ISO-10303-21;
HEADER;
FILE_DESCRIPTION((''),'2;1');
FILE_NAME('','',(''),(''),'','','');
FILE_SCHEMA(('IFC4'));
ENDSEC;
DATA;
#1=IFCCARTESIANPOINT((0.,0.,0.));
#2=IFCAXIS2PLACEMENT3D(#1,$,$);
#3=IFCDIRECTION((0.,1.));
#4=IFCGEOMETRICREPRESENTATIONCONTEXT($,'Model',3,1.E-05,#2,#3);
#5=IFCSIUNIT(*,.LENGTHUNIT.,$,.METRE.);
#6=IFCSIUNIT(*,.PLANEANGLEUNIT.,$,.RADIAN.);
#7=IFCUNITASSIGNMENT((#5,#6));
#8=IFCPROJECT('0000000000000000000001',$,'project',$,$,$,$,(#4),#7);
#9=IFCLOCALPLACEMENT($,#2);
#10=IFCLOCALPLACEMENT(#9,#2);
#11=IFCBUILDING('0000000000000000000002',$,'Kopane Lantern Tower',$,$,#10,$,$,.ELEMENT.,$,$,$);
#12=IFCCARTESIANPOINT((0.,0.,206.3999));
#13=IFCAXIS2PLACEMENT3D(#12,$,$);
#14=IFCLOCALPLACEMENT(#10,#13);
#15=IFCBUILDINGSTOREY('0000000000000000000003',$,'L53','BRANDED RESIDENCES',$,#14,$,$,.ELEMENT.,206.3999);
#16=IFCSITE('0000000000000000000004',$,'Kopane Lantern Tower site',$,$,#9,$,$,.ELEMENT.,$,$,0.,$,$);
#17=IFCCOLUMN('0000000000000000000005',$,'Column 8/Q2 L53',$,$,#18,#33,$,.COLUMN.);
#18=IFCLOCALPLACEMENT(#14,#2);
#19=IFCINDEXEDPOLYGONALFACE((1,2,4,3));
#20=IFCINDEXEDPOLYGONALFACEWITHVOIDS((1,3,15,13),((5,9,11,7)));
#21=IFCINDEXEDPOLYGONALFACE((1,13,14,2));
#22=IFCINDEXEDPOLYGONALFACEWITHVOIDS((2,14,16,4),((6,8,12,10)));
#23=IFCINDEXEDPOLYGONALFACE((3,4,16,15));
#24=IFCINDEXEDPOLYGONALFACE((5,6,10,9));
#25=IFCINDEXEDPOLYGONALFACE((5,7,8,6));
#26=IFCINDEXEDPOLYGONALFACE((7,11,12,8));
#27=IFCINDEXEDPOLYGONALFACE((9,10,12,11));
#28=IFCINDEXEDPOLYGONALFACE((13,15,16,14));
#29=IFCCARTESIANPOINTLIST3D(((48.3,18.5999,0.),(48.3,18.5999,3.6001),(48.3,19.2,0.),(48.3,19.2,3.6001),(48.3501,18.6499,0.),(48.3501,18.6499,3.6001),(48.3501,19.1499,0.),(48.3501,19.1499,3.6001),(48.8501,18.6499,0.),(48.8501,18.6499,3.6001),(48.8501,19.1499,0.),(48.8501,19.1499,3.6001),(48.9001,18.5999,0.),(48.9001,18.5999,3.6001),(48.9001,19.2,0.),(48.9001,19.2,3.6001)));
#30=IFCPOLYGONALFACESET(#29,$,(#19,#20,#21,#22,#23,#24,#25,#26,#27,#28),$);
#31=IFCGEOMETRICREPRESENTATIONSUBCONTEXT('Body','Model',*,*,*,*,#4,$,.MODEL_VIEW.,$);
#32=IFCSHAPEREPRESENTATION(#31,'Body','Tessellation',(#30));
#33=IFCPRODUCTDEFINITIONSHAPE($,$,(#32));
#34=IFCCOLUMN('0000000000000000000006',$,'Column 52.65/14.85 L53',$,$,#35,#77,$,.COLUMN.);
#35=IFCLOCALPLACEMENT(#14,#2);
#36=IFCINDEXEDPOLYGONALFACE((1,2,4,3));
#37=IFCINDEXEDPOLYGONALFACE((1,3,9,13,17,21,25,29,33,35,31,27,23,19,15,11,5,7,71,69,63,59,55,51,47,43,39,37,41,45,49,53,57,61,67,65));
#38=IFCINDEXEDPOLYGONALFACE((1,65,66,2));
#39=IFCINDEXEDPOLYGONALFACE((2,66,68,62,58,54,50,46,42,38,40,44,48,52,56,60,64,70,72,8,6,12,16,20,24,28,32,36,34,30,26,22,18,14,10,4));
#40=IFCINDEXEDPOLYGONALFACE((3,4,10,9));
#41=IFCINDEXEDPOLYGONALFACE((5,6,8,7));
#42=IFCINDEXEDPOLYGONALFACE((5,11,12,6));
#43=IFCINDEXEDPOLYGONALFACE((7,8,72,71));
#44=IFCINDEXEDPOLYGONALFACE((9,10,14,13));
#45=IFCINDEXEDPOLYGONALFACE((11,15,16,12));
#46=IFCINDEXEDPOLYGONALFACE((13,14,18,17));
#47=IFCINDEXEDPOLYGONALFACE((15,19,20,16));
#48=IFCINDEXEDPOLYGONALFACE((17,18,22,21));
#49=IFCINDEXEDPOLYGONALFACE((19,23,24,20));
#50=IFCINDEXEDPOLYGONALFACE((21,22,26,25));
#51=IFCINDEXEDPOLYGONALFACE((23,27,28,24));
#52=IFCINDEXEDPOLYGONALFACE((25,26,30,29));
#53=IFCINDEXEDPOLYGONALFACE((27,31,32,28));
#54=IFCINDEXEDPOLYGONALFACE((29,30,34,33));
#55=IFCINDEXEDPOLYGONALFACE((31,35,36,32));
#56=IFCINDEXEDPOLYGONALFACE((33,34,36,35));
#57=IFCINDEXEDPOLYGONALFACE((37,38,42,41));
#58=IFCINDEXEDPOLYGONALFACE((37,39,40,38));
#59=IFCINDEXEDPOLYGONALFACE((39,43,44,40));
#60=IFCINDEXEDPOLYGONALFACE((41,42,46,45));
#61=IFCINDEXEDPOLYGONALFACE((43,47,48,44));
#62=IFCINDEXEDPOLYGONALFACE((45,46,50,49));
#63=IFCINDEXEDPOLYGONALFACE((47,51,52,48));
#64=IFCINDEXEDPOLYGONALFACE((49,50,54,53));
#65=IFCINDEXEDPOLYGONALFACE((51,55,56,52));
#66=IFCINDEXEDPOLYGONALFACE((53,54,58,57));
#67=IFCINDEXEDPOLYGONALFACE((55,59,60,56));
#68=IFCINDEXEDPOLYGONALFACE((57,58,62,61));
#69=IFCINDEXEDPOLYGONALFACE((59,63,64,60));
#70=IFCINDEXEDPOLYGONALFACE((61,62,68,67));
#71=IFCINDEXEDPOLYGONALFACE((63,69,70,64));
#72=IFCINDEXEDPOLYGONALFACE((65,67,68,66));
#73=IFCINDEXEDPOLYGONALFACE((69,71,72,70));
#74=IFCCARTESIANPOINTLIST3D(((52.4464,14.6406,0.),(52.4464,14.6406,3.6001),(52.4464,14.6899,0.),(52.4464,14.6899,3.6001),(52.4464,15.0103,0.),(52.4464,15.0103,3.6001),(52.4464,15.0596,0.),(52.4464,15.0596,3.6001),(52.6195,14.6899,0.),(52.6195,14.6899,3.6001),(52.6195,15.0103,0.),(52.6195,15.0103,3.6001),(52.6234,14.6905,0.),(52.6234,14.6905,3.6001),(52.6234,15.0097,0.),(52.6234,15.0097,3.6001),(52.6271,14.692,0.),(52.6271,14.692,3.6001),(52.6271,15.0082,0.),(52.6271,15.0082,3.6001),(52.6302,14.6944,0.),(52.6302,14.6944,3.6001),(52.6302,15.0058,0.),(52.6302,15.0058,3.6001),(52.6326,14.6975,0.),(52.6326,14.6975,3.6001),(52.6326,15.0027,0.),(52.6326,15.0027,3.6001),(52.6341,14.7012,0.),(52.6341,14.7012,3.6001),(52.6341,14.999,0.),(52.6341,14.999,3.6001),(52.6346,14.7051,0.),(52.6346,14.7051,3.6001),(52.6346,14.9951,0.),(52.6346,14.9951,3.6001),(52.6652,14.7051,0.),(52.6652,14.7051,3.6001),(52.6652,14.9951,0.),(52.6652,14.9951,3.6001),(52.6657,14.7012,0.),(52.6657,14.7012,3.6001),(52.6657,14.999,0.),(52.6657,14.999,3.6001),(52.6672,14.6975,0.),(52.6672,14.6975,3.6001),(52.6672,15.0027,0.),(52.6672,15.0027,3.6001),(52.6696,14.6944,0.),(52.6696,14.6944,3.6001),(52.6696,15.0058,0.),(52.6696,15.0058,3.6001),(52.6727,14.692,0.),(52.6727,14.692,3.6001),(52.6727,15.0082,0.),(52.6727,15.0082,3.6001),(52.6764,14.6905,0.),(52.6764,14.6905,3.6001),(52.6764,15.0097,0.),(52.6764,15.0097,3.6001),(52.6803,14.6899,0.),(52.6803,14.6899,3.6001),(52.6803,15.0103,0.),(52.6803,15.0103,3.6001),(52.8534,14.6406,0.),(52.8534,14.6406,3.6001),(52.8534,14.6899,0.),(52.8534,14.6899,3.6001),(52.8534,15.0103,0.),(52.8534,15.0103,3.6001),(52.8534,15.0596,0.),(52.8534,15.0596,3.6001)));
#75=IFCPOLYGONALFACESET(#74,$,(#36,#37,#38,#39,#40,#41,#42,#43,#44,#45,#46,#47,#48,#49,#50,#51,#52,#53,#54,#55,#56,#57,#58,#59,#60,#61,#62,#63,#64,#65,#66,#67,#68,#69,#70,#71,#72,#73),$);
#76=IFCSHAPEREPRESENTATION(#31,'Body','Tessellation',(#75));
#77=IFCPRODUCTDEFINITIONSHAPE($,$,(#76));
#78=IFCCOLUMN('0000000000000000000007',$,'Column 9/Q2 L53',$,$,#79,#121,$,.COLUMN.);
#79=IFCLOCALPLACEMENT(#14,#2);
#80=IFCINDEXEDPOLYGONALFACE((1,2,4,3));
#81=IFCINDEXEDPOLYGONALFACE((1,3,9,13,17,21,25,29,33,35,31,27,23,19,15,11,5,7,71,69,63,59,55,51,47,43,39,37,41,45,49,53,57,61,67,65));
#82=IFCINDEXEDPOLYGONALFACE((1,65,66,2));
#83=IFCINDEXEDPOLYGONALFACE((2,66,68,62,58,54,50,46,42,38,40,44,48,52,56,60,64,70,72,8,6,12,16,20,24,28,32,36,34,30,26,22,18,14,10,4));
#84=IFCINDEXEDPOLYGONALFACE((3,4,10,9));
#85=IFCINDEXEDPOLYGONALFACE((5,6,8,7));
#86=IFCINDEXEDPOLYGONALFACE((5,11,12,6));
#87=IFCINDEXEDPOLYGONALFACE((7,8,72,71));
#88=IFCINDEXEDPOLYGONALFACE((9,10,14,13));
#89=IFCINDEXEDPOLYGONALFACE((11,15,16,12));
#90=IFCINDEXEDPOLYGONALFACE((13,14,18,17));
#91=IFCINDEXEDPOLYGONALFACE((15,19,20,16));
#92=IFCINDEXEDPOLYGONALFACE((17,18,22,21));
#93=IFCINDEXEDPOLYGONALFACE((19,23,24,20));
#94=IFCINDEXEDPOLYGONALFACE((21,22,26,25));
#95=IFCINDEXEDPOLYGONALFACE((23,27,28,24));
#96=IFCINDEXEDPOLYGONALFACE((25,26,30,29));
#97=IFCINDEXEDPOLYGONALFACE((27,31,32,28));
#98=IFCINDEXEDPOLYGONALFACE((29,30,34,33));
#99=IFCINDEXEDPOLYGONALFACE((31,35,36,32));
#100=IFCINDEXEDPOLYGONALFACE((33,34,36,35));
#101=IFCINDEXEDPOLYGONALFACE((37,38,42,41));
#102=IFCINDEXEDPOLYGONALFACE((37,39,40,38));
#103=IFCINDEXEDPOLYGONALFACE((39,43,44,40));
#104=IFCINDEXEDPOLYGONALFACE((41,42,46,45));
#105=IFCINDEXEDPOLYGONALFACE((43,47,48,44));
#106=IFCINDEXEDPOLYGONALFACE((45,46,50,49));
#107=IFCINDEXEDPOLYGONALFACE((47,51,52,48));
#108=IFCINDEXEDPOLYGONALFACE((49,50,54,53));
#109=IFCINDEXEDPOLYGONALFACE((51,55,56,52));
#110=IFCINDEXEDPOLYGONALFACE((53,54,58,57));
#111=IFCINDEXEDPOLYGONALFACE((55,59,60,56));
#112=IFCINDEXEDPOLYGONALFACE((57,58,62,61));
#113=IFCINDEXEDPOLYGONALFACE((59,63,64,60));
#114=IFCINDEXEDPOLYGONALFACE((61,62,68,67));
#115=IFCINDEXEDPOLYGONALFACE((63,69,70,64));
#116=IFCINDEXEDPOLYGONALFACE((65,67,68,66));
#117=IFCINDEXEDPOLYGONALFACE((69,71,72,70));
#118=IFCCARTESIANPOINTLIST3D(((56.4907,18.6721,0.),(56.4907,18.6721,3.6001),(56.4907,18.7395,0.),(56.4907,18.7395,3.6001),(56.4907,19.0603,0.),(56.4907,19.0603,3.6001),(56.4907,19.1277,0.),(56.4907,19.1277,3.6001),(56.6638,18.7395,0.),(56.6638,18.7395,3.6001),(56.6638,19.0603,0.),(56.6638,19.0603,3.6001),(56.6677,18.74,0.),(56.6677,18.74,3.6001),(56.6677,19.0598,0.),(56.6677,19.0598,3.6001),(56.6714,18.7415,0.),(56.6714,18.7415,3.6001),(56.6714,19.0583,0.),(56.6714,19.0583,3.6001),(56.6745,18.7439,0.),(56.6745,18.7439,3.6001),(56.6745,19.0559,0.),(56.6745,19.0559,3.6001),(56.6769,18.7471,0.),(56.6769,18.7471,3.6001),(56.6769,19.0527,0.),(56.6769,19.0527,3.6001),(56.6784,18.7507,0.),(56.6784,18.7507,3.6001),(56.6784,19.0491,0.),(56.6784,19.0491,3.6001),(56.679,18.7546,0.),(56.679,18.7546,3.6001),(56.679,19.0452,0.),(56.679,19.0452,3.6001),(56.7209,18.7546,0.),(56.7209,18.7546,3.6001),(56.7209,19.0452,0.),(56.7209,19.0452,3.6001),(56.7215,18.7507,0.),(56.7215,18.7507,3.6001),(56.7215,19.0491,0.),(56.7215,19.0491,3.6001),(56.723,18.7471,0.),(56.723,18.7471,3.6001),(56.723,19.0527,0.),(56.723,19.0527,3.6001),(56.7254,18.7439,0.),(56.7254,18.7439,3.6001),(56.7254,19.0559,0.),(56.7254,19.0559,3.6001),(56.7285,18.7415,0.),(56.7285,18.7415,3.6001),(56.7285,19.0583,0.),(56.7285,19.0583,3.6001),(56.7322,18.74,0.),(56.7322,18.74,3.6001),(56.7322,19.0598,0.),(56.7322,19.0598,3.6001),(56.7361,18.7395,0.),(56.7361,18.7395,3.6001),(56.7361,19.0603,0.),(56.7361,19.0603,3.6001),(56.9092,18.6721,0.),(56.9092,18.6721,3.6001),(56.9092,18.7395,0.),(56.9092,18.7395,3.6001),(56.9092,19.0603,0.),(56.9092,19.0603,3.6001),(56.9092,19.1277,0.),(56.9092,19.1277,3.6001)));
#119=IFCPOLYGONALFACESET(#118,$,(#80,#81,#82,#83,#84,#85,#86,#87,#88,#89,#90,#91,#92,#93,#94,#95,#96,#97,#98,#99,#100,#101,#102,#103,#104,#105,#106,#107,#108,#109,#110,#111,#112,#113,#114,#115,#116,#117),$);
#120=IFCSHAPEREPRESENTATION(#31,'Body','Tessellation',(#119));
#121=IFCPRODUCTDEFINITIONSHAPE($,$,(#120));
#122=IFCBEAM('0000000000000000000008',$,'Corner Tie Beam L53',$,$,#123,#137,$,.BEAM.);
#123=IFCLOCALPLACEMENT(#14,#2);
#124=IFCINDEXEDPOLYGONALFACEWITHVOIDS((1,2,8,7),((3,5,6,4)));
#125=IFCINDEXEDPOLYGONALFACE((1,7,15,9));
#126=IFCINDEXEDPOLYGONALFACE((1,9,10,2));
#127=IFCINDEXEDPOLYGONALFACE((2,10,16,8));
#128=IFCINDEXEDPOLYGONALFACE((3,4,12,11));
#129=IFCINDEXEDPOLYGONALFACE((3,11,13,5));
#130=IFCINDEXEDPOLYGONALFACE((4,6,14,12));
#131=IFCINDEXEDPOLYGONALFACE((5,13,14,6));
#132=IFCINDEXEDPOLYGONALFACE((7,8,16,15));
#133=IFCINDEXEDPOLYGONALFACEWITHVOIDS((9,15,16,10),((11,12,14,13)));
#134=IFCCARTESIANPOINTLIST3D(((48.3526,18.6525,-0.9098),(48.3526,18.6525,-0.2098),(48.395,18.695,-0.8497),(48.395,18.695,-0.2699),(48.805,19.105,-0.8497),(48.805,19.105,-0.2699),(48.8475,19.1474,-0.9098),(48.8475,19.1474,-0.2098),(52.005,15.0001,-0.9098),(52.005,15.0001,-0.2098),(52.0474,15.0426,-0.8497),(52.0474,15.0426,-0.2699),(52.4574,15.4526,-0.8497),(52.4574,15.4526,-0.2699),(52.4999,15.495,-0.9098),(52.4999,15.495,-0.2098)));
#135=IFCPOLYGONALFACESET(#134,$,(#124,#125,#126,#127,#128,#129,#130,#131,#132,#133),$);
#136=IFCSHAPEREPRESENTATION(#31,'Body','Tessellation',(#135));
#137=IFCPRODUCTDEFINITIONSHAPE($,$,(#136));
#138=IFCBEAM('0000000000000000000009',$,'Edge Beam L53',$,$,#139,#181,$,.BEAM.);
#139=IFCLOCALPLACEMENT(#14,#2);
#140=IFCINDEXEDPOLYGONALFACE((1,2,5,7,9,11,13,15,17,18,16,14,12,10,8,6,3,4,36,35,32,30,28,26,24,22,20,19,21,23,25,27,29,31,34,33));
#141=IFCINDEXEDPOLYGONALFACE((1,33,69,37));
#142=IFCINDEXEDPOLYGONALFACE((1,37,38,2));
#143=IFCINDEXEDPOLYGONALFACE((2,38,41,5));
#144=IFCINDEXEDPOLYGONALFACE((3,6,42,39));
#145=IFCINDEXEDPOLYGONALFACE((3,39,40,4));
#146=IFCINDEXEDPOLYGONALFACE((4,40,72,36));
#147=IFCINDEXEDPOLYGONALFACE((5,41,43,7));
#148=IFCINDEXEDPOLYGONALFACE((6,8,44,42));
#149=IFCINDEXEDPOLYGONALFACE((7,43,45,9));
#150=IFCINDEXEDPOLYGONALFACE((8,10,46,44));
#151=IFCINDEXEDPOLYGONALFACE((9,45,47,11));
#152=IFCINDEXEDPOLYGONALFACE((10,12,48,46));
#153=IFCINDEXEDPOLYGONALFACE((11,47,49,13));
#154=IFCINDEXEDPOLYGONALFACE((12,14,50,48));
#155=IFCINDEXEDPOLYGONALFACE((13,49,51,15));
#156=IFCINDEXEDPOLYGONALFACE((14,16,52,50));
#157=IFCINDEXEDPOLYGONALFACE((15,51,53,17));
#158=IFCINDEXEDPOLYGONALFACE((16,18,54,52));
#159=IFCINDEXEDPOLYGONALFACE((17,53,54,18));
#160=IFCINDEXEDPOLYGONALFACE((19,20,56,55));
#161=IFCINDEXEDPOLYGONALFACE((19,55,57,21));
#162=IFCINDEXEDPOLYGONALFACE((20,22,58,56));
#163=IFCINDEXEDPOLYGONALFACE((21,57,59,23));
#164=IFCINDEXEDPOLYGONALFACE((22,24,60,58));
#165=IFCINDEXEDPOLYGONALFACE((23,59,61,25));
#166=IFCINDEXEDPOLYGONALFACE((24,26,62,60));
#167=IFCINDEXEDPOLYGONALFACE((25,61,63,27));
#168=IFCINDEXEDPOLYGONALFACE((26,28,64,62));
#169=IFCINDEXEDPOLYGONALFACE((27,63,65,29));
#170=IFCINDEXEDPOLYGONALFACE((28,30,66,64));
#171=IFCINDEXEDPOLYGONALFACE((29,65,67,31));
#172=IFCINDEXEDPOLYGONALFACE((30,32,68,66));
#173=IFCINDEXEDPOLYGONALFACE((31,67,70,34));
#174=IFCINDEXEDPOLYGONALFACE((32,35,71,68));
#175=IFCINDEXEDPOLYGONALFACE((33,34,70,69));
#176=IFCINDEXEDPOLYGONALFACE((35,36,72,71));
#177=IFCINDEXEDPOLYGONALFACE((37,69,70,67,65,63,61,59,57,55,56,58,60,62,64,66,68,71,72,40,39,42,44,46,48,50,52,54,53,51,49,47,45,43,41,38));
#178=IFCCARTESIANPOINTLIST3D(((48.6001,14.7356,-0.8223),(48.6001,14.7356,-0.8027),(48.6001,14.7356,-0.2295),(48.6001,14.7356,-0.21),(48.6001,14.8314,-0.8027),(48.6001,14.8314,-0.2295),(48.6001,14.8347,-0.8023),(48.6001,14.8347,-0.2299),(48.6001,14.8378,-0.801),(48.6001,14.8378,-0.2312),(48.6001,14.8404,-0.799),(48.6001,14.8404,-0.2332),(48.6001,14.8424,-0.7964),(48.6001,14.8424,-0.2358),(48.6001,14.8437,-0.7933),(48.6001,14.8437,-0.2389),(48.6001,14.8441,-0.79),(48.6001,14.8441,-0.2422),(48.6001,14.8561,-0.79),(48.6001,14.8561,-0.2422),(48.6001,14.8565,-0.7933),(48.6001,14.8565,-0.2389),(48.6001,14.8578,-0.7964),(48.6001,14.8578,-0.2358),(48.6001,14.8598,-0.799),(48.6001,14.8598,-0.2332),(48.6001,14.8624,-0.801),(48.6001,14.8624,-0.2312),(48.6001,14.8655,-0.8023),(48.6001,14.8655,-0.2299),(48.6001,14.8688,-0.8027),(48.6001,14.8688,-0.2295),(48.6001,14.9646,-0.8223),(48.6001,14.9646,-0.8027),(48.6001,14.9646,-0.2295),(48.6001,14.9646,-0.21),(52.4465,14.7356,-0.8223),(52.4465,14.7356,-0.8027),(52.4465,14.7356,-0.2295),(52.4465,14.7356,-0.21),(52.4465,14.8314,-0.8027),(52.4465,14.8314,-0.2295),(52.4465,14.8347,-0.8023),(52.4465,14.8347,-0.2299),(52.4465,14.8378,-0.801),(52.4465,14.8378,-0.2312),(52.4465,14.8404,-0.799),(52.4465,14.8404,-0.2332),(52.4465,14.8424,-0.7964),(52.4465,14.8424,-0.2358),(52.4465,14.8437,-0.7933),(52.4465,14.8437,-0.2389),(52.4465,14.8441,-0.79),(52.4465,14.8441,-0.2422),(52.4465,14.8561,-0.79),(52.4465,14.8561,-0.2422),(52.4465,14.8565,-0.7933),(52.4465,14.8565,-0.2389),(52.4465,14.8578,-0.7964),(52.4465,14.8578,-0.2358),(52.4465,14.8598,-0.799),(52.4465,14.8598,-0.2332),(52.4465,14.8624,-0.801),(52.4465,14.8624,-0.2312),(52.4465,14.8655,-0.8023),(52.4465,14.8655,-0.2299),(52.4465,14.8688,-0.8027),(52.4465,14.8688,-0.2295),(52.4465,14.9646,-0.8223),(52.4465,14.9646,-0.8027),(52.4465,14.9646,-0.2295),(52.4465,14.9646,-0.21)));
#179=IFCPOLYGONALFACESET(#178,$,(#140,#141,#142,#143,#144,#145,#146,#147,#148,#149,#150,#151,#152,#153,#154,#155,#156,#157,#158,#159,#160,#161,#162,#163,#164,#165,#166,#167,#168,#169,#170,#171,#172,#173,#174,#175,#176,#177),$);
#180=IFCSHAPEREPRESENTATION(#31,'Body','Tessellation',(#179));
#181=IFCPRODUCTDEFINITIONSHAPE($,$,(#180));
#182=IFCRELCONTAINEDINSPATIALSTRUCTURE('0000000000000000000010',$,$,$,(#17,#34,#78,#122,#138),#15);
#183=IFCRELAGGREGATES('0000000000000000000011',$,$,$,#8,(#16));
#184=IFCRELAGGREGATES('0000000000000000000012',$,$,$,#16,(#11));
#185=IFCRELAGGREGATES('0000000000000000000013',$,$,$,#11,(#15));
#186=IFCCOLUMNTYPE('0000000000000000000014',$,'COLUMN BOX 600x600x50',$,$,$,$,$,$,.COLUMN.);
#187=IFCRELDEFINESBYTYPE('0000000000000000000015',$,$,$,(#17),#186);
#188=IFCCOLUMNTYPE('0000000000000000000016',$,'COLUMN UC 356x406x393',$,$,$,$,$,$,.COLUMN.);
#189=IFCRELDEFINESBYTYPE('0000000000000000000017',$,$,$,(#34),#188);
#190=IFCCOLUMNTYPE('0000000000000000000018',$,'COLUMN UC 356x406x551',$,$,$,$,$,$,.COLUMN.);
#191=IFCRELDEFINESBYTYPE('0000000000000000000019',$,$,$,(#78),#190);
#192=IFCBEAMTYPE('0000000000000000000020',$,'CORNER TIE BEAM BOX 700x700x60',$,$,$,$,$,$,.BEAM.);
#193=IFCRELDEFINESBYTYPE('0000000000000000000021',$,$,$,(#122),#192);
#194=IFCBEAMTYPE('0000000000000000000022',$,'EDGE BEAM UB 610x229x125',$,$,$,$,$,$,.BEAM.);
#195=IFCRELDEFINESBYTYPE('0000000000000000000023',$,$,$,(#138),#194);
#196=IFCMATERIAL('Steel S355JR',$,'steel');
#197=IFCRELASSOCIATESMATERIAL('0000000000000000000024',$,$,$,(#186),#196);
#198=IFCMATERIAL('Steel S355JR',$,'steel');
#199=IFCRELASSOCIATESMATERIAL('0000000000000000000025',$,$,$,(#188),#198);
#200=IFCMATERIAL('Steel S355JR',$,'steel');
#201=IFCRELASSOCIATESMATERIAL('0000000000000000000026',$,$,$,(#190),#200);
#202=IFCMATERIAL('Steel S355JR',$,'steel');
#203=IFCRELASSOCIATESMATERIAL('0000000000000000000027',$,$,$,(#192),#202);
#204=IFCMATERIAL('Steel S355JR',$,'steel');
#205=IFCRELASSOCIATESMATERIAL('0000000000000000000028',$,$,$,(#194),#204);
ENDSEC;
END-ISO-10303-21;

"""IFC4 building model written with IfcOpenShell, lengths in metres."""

from ifc_helpers import new_model, si_unit, direction, frame, origin, origin_2d, place, context, subcontext, project, spatial, hollow_rectangle, i_section, extrude, material, material_profile, profile_set, type_object, element, save


model = new_model("IFC4")

# Units and contexts
model_context = context("Model", 3, precision=1e-05, world=origin(), true_north=direction((0.0, 1.0)))
body_context = subcontext(model_context, "Body", "Model", "MODEL_VIEW")
ifc_project = project(units=[si_unit("LENGTHUNIT", "METRE"), si_unit("PLANEANGLEUNIT", "RADIAN")], contexts=[model_context])

# Site, building, storey
site_placement = place(None, origin())
site = spatial("IfcSite", under=ifc_project, at=site_placement, Name="Kopane Lantern Tower site", CompositionType="ELEMENT", RefElevation=0.0)
building_placement = place(site_placement, origin())
building = spatial("IfcBuilding", under=site, at=building_placement, Name="Kopane Lantern Tower", CompositionType="ELEMENT")
storey_placement = place(building_placement, frame((0.0, 0.0, 206.3999)))
storey = spatial("IfcBuildingStorey", under=building, at=storey_placement, Name="L53", Description="BRANDED RESIDENCES", CompositionType="ELEMENT", Elevation=206.3999)

# Columns
ifc_material_1 = material(Name="Steel S355JR", Category="steel")
ifc_material_profile_1 = material_profile(ifc_material_1, hollow_rectangle(XDim=0.6001, YDim=0.6001, WallThickness=0.05, at=origin_2d()), Name="BOX 600x600x50")
ifc_profile_set_1 = profile_set([ifc_material_profile_1], Name="Steel S355JR")
column_type_1 = type_object("IfcColumnType", Name="COLUMN BOX 600x600x50", PredefinedType="COLUMN", material=ifc_profile_set_1)
column_1_placement = place(storey_placement, frame((48.6001, 18.8999, 0.0), z_axis=(0.0, 0.0, 1.0), x_axis=(1.0, 0.0, 0.0)))
element("IfcColumn", 1, at=column_1_placement, inside=storey, type_object=column_type_1, Name="Column 8/Q2 L53", PredefinedType="COLUMN", context=body_context, shape_type="SweptSolid", body=[
    extrude(hollow_rectangle(XDim=0.6001, YDim=0.6001, WallThickness=0.05, at=origin_2d()), origin(), (0.0, 0.0, 1.0), 3.6001),
])
ifc_material_2 = material(Name="Steel S355JR", Category="steel")
ifc_material_profile_2 = material_profile(ifc_material_2, i_section(OverallWidth=0.407, OverallDepth=0.4189, WebThickness=0.0305, FlangeThickness=0.0493, FilletRadius=0.0151, at=origin_2d()), Name="UC 356x406x393")
ifc_profile_set_2 = profile_set([ifc_material_profile_2], Name="Steel S355JR")
column_type_2 = type_object("IfcColumnType", Name="COLUMN UC 356x406x393", PredefinedType="COLUMN", material=ifc_profile_set_2)
column_2_placement = place(storey_placement, frame((52.6499, 14.8501, 0.0), z_axis=(0.0, 0.0, 1.0), x_axis=(1.0, 0.0, 0.0)))
element("IfcColumn", 2, at=column_2_placement, inside=storey, type_object=column_type_2, Name="Column 52.65/14.85 L53", PredefinedType="COLUMN", context=body_context, shape_type="SweptSolid", body=[
    extrude(i_section(OverallWidth=0.407, OverallDepth=0.4189, WebThickness=0.0305, FlangeThickness=0.0493, FilletRadius=0.0151, at=origin_2d()), origin(), (0.0, 0.0, 1.0), 3.6001),
])
ifc_material_3 = material(Name="Steel S355JR", Category="steel")
ifc_material_profile_3 = material_profile(ifc_material_3, i_section(OverallWidth=0.4185, OverallDepth=0.4556, WebThickness=0.042, FlangeThickness=0.0674, FilletRadius=0.0151, at=origin_2d()), Name="UC 356x406x551")
ifc_profile_set_3 = profile_set([ifc_material_profile_3], Name="Steel S355JR")
column_type_3 = type_object("IfcColumnType", Name="COLUMN UC 356x406x551", PredefinedType="COLUMN", material=ifc_profile_set_3)
column_3_placement = place(storey_placement, frame((56.7, 18.8999, 0.0), z_axis=(0.0, 0.0, 1.0), x_axis=(1.0, 0.0, 0.0)))
element("IfcColumn", 3, at=column_3_placement, inside=storey, type_object=column_type_3, Name="Column 9/Q2 L53", PredefinedType="COLUMN", context=body_context, shape_type="SweptSolid", body=[
    extrude(i_section(OverallWidth=0.4185, OverallDepth=0.4556, WebThickness=0.042, FlangeThickness=0.0674, FilletRadius=0.0151, at=origin_2d()), origin(), (0.0, 0.0, 1.0), 3.6001),
])

# Beams
ifc_material_4 = material(Name="Steel S355JR", Category="steel")
ifc_material_profile_4 = material_profile(ifc_material_4, hollow_rectangle(XDim=0.7, YDim=0.7, WallThickness=0.0601, at=origin_2d()), Name="BOX 700x700x60")
ifc_profile_set_4 = profile_set([ifc_material_profile_4], Name="Steel S355JR")
beam_type_1 = type_object("IfcBeamType", Name="CORNER TIE BEAM BOX 700x700x60", PredefinedType="BEAM", material=ifc_profile_set_4)
beam_1_placement = place(storey_placement, frame((52.2524, 15.2476, -0.5598), z_axis=(-0.707107, 0.707107, 0.0), x_axis=(-0.707107, -0.707107, 0.0)))
element("IfcBeam", 4, at=beam_1_placement, inside=storey, type_object=beam_type_1, Name="Corner Tie Beam L53", PredefinedType="BEAM", context=body_context, shape_type="SweptSolid", body=[
    extrude(hollow_rectangle(XDim=0.7, YDim=0.7, WallThickness=0.0601, at=origin_2d()), origin(), (0.0, 0.0, 1.0), 5.1653),
])
ifc_material_5 = material(Name="Steel S355JR", Category="steel")
ifc_material_profile_5 = material_profile(ifc_material_5, i_section(OverallWidth=0.229, OverallDepth=0.6123, WebThickness=0.012, FlangeThickness=0.0195, FilletRadius=0.0127, at=origin_2d()), Name="UB 610x229x125")
ifc_profile_set_5 = profile_set([ifc_material_profile_5], Name="Steel S355JR")
beam_type_2 = type_object("IfcBeamType", Name="EDGE BEAM UB 610x229x125", PredefinedType="BEAM", material=ifc_profile_set_5)
for number, where, z_axis, x_axis, name in (
    (5, (52.4465, 14.8501, -0.5161), (-1.0, 0.0, 0.0), (0.0, -1.0, 0.0), "Edge Beam L53"),
):
    element("IfcBeam", number, at=place(storey_placement, frame(where, z_axis=z_axis, x_axis=x_axis)), inside=storey, type_object=beam_type_2, Name=name, PredefinedType="BEAM", context=body_context, shape_type="SweptSolid", body=[
        extrude(i_section(OverallWidth=0.229, OverallDepth=0.6123, WebThickness=0.012, FlangeThickness=0.0195, FilletRadius=0.0127, at=origin_2d()), origin(), (0.0, 0.0, 1.0), 3.8464),
    ])

save(model, "model.ifc")
